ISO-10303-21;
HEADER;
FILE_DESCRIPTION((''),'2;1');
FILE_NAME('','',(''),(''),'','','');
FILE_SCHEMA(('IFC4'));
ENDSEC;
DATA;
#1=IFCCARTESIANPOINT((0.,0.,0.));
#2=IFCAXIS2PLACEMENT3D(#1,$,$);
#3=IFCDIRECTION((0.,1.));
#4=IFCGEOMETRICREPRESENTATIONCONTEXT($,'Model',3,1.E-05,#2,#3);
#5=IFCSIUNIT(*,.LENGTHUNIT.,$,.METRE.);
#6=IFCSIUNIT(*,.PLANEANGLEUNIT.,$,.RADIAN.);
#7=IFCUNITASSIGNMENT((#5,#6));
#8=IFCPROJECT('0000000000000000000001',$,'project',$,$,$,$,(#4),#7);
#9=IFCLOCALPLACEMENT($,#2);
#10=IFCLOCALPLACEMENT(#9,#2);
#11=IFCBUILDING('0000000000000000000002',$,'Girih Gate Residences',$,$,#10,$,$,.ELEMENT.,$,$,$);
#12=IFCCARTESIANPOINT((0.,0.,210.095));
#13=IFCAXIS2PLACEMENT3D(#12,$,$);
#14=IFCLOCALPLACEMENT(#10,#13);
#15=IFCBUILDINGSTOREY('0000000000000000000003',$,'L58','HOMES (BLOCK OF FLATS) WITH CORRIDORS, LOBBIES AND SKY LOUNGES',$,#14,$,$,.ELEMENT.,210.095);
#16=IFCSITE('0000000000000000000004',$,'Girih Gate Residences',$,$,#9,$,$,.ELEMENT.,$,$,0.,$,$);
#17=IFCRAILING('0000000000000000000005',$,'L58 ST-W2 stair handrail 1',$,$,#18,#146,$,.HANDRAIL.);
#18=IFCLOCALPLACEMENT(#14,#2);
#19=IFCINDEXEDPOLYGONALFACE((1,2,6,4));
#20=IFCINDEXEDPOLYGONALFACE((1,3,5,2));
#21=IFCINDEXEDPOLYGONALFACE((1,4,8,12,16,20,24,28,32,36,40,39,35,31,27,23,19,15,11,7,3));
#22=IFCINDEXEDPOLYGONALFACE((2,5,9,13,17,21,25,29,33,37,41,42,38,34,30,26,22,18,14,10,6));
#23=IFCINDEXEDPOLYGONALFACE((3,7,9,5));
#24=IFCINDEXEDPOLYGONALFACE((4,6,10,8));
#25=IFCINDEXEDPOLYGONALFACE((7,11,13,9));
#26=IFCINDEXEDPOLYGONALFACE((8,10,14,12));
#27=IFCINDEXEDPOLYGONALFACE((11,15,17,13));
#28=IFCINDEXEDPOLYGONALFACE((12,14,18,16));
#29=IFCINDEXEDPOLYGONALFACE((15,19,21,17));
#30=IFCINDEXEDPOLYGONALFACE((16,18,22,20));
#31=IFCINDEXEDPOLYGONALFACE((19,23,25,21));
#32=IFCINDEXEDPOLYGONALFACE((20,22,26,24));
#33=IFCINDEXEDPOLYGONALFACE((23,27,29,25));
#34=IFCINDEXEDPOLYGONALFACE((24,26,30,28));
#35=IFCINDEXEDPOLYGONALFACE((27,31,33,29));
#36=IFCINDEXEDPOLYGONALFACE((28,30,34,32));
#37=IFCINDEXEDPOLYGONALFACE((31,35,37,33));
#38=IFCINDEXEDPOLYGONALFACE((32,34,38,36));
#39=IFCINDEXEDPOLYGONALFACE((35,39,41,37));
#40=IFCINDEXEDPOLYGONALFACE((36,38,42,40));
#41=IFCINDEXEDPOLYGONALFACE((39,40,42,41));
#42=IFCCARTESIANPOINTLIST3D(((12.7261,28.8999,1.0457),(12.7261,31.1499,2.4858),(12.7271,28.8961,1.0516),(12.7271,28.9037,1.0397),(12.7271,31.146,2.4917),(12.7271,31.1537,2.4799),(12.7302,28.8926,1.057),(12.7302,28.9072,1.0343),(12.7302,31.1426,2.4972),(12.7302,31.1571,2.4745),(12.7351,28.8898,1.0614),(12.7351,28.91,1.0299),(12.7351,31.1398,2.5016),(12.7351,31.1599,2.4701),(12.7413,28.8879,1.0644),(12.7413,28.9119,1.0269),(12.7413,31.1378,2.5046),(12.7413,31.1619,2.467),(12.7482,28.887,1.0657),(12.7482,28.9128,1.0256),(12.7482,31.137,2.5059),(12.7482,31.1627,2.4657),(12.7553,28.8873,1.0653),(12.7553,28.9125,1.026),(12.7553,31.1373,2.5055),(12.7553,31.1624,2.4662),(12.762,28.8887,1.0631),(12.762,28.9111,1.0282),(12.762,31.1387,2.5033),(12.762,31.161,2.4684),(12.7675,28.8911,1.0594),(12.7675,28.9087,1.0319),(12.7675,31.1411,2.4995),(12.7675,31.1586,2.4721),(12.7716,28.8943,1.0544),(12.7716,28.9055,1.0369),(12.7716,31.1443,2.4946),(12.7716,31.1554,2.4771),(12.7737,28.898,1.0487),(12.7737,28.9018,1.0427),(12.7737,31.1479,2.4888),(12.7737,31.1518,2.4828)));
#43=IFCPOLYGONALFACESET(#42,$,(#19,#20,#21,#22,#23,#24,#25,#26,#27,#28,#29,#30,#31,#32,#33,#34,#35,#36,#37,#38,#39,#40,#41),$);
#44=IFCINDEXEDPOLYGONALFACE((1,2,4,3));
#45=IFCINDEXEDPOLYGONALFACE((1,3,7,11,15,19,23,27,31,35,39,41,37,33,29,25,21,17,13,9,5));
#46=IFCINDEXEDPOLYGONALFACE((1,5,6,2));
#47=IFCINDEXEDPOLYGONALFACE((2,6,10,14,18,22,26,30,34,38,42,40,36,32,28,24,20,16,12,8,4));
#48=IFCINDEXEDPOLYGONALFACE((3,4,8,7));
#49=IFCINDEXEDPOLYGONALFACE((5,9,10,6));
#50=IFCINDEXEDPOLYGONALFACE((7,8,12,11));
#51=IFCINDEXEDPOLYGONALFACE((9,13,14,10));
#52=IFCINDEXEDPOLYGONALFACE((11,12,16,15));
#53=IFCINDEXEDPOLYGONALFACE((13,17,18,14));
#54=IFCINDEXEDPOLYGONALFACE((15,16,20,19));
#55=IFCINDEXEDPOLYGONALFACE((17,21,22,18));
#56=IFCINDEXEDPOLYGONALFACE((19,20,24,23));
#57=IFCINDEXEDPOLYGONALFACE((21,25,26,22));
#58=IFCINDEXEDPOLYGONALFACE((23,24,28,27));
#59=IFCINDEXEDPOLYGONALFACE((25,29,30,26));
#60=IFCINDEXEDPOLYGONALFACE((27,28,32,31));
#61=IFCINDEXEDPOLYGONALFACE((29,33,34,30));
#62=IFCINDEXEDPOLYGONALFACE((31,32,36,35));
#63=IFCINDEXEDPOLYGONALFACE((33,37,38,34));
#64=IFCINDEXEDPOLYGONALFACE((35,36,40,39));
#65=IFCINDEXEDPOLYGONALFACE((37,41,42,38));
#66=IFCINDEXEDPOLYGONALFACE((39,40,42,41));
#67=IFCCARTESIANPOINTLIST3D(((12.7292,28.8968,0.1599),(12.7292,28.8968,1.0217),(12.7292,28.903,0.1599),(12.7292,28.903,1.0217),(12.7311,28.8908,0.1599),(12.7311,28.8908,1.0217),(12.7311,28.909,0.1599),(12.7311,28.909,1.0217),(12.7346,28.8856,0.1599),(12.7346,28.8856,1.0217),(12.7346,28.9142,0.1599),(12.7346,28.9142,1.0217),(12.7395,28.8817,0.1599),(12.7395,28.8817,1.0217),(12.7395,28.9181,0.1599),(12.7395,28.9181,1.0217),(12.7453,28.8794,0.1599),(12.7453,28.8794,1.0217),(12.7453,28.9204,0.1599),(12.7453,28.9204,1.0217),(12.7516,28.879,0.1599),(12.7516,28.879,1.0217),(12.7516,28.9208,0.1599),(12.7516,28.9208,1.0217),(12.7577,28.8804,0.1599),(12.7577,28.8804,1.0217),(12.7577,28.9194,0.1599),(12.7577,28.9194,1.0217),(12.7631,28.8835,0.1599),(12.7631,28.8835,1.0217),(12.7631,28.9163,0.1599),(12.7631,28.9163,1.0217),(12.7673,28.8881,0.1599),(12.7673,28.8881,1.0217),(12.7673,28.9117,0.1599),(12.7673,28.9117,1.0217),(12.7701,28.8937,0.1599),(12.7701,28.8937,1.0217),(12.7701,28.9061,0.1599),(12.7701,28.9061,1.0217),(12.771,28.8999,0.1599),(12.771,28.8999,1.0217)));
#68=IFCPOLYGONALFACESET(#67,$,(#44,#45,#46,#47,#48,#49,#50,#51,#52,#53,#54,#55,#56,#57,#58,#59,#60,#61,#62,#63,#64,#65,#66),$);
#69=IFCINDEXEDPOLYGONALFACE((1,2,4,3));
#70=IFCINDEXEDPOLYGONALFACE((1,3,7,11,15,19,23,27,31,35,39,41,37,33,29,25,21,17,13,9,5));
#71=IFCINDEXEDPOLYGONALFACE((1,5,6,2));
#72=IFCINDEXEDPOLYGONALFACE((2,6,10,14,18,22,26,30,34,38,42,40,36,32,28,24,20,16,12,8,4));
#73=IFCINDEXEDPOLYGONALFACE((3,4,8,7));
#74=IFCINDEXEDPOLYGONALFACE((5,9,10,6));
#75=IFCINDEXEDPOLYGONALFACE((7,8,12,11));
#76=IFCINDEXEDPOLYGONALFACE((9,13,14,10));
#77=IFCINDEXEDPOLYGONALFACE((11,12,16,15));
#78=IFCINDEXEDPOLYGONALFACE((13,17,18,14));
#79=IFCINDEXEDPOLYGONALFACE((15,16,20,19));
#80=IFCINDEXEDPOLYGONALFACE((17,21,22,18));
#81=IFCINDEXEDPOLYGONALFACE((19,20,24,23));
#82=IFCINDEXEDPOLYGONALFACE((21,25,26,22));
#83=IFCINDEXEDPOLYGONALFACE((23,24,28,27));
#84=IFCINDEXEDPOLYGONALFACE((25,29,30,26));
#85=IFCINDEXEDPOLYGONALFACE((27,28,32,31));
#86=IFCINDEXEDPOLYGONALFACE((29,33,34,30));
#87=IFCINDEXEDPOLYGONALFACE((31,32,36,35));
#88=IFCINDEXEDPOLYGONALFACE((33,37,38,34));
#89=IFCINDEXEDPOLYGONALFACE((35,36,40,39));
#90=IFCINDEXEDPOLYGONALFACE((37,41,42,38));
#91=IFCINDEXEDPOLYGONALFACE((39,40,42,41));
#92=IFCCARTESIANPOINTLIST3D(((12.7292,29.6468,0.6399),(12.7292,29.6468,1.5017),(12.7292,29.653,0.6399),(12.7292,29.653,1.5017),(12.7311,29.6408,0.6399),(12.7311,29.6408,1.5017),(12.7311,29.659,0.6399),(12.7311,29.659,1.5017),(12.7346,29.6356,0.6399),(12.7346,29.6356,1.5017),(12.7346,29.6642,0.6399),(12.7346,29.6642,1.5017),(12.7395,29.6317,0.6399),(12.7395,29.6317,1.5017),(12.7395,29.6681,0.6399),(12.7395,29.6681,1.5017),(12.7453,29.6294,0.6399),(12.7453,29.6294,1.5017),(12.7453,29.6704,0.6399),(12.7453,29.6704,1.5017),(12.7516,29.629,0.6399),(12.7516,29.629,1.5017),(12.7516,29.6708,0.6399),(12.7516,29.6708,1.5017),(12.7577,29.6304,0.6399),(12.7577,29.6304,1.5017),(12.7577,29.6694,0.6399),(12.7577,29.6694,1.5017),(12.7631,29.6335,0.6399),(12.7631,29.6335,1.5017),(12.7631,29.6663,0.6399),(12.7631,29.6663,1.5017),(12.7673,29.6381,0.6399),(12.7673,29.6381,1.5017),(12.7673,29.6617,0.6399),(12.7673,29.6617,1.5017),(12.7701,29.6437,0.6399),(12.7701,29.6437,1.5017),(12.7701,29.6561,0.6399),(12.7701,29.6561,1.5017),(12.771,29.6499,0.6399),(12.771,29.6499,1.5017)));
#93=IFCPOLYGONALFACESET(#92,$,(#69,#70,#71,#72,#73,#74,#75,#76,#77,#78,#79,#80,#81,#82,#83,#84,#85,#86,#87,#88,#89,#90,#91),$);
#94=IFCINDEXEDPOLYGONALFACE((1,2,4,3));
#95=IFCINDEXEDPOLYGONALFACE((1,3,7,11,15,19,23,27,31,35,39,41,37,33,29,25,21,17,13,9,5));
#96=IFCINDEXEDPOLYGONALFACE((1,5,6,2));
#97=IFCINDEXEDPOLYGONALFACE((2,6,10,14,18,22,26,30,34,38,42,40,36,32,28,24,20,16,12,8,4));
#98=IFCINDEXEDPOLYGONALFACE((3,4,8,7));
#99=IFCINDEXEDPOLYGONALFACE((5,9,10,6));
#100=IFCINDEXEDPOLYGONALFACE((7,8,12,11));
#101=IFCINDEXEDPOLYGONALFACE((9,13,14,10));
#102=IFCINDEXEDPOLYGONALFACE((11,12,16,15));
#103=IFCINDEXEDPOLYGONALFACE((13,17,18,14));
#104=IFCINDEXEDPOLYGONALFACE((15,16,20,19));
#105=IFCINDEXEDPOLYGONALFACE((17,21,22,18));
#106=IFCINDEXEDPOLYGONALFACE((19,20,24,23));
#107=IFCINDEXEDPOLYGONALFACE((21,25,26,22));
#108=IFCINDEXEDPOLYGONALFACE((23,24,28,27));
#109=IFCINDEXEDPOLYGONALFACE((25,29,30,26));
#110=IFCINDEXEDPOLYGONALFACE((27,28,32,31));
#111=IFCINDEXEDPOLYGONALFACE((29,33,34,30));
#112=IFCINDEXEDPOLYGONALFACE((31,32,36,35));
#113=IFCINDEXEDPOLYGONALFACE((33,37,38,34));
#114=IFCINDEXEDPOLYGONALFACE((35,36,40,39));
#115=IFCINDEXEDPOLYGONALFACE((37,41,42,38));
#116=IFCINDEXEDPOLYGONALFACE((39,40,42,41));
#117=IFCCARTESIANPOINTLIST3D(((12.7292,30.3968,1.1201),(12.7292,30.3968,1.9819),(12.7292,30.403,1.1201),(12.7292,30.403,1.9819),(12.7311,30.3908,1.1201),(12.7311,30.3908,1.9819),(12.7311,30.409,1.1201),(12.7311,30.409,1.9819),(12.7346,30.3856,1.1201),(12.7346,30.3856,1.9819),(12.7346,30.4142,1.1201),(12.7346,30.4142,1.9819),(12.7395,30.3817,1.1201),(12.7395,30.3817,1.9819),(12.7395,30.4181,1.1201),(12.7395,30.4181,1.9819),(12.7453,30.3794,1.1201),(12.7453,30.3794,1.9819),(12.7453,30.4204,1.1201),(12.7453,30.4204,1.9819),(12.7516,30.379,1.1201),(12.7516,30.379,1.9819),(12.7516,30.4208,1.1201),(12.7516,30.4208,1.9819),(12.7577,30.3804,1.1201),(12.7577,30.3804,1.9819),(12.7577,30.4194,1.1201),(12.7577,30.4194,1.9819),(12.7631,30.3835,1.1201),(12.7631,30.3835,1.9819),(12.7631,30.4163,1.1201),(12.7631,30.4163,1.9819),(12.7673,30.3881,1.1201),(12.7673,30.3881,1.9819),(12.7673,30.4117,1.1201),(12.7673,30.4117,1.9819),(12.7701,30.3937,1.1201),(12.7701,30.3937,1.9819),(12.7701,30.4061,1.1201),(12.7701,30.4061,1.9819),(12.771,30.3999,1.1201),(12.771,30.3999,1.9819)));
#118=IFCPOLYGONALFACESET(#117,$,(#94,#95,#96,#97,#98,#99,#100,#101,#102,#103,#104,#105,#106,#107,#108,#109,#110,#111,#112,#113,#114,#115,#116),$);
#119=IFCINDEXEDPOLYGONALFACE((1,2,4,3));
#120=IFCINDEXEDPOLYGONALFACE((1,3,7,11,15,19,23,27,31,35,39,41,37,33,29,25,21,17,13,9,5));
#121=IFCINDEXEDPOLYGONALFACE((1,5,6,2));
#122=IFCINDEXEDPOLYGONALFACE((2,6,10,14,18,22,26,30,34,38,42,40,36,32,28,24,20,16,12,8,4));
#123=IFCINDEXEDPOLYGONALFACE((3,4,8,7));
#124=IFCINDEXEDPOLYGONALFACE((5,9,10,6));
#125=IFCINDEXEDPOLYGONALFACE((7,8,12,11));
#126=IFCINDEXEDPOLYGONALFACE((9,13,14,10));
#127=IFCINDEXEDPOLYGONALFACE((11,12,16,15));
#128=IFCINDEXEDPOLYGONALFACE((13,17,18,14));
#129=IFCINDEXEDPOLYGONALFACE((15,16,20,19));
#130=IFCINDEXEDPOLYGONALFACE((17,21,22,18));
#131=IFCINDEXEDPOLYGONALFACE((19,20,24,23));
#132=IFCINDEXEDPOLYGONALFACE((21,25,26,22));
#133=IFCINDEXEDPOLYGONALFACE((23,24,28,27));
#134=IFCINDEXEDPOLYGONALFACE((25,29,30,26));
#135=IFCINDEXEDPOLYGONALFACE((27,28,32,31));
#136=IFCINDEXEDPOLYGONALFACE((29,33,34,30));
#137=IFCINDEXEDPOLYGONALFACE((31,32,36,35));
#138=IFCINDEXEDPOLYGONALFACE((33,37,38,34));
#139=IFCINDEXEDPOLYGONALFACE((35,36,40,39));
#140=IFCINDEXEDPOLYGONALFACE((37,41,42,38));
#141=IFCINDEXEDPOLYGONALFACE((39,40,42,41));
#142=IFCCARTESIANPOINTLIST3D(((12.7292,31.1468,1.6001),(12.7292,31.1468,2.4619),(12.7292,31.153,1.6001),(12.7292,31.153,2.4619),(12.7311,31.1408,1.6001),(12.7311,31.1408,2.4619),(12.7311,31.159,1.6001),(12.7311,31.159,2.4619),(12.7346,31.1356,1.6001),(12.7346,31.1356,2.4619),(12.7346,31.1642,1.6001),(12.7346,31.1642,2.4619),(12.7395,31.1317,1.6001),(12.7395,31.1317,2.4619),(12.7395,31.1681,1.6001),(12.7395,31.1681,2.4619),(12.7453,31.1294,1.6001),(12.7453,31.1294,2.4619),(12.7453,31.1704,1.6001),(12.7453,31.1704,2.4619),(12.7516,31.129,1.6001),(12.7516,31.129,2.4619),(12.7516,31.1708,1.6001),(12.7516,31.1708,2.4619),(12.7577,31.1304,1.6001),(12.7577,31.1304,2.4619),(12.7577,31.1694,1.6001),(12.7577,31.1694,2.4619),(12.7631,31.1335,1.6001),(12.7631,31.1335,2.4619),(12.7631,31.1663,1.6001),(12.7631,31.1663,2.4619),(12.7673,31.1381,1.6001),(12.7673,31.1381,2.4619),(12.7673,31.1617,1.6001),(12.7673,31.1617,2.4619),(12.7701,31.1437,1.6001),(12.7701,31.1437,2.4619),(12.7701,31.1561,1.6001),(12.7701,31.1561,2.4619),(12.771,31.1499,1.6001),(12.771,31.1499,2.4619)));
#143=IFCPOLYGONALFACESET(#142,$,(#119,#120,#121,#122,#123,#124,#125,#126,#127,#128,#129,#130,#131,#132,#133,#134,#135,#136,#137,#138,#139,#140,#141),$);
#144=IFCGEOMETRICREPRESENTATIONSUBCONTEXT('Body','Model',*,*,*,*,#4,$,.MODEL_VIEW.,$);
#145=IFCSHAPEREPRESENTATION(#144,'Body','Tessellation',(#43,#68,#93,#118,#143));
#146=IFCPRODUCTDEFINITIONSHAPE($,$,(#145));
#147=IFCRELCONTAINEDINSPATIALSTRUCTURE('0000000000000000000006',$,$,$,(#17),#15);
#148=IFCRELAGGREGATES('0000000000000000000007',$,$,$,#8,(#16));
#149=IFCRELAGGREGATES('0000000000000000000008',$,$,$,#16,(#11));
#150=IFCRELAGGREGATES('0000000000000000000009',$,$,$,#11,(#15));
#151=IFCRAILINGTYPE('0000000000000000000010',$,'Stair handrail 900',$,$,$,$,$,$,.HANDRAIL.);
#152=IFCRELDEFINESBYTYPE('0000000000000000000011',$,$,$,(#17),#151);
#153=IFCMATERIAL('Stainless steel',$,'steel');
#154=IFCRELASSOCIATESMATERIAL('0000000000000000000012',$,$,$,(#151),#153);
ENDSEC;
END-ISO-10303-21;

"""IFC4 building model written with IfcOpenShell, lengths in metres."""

from ifc_helpers import new_model, si_unit, direction, frame, origin, origin_2d, place, context, subcontext, project, spatial, circle, extrude, material, type_object, element, save


model = new_model("IFC4")

# Units and contexts
model_context = context("Model", 3, precision=1e-05, world=origin(), true_north=direction((0.0, 1.0)))
body_context = subcontext(model_context, "Body", "Model", "MODEL_VIEW")
ifc_project = project(units=[si_unit("LENGTHUNIT", "METRE"), si_unit("PLANEANGLEUNIT", "RADIAN")], contexts=[model_context])

# Site, building, storey
site_placement = place(None, origin())
site = spatial("IfcSite", under=ifc_project, at=site_placement, Name="Girih Gate Residences", CompositionType="ELEMENT", RefElevation=0.0)
building_placement = place(site_placement, origin())
building = spatial("IfcBuilding", under=site, at=building_placement, Name="Girih Gate Residences", CompositionType="ELEMENT")
storey_placement = place(building_placement, frame((0.0, 0.0, 210.095)))
storey = spatial("IfcBuildingStorey", under=building, at=storey_placement, Name="L58", Description="HOMES (BLOCK OF FLATS) WITH CORRIDORS, LOBBIES AND SKY LOUNGES", CompositionType="ELEMENT", Elevation=210.095)

# Railing
ifc_material_1 = material(Name="Stainless steel", Category="steel")
railing_type_1 = type_object("IfcRailingType", Name="Stair handrail 900", PredefinedType="HANDRAIL", material=ifc_material_1)
for number, where, name in (
    (1, (12.75, 28.8999, 0.1599), "L58 ST-W2 stair handrail 1"),
):
    element("IfcRailing", number, at=place(storey_placement, frame(where)), inside=storey, type_object=railing_type_1, Name=name, PredefinedType="HANDRAIL", context=body_context, shape_type="SweptSolid", body=[
        extrude(circle(Radius=0.0239, at=origin_2d()), frame((0.0, 0.0, 0.8857), z_axis=(0.0, 0.84224, 0.539103), x_axis=(-1.0, 0.0, 0.0)), (0.0, 0.0, 1.0), 2.6714),
        extrude(circle(Radius=0.021, at=origin_2d()), origin(), (0.0, 0.0, 1.0), 0.8618),
        extrude(circle(Radius=0.021, at=origin_2d()), frame((0.0, 0.75, 0.48)), (0.0, 0.0, 1.0), 0.8618),
        extrude(circle(Radius=0.021, at=origin_2d()), frame((0.0, 1.5, 0.9602)), (0.0, 0.0, 1.0), 0.8618),
        extrude(circle(Radius=0.021, at=origin_2d()), frame((0.0, 2.25, 1.4402)), (0.0, 0.0, 1.0), 0.8618),
    ])

save(model, "model.ifc")
